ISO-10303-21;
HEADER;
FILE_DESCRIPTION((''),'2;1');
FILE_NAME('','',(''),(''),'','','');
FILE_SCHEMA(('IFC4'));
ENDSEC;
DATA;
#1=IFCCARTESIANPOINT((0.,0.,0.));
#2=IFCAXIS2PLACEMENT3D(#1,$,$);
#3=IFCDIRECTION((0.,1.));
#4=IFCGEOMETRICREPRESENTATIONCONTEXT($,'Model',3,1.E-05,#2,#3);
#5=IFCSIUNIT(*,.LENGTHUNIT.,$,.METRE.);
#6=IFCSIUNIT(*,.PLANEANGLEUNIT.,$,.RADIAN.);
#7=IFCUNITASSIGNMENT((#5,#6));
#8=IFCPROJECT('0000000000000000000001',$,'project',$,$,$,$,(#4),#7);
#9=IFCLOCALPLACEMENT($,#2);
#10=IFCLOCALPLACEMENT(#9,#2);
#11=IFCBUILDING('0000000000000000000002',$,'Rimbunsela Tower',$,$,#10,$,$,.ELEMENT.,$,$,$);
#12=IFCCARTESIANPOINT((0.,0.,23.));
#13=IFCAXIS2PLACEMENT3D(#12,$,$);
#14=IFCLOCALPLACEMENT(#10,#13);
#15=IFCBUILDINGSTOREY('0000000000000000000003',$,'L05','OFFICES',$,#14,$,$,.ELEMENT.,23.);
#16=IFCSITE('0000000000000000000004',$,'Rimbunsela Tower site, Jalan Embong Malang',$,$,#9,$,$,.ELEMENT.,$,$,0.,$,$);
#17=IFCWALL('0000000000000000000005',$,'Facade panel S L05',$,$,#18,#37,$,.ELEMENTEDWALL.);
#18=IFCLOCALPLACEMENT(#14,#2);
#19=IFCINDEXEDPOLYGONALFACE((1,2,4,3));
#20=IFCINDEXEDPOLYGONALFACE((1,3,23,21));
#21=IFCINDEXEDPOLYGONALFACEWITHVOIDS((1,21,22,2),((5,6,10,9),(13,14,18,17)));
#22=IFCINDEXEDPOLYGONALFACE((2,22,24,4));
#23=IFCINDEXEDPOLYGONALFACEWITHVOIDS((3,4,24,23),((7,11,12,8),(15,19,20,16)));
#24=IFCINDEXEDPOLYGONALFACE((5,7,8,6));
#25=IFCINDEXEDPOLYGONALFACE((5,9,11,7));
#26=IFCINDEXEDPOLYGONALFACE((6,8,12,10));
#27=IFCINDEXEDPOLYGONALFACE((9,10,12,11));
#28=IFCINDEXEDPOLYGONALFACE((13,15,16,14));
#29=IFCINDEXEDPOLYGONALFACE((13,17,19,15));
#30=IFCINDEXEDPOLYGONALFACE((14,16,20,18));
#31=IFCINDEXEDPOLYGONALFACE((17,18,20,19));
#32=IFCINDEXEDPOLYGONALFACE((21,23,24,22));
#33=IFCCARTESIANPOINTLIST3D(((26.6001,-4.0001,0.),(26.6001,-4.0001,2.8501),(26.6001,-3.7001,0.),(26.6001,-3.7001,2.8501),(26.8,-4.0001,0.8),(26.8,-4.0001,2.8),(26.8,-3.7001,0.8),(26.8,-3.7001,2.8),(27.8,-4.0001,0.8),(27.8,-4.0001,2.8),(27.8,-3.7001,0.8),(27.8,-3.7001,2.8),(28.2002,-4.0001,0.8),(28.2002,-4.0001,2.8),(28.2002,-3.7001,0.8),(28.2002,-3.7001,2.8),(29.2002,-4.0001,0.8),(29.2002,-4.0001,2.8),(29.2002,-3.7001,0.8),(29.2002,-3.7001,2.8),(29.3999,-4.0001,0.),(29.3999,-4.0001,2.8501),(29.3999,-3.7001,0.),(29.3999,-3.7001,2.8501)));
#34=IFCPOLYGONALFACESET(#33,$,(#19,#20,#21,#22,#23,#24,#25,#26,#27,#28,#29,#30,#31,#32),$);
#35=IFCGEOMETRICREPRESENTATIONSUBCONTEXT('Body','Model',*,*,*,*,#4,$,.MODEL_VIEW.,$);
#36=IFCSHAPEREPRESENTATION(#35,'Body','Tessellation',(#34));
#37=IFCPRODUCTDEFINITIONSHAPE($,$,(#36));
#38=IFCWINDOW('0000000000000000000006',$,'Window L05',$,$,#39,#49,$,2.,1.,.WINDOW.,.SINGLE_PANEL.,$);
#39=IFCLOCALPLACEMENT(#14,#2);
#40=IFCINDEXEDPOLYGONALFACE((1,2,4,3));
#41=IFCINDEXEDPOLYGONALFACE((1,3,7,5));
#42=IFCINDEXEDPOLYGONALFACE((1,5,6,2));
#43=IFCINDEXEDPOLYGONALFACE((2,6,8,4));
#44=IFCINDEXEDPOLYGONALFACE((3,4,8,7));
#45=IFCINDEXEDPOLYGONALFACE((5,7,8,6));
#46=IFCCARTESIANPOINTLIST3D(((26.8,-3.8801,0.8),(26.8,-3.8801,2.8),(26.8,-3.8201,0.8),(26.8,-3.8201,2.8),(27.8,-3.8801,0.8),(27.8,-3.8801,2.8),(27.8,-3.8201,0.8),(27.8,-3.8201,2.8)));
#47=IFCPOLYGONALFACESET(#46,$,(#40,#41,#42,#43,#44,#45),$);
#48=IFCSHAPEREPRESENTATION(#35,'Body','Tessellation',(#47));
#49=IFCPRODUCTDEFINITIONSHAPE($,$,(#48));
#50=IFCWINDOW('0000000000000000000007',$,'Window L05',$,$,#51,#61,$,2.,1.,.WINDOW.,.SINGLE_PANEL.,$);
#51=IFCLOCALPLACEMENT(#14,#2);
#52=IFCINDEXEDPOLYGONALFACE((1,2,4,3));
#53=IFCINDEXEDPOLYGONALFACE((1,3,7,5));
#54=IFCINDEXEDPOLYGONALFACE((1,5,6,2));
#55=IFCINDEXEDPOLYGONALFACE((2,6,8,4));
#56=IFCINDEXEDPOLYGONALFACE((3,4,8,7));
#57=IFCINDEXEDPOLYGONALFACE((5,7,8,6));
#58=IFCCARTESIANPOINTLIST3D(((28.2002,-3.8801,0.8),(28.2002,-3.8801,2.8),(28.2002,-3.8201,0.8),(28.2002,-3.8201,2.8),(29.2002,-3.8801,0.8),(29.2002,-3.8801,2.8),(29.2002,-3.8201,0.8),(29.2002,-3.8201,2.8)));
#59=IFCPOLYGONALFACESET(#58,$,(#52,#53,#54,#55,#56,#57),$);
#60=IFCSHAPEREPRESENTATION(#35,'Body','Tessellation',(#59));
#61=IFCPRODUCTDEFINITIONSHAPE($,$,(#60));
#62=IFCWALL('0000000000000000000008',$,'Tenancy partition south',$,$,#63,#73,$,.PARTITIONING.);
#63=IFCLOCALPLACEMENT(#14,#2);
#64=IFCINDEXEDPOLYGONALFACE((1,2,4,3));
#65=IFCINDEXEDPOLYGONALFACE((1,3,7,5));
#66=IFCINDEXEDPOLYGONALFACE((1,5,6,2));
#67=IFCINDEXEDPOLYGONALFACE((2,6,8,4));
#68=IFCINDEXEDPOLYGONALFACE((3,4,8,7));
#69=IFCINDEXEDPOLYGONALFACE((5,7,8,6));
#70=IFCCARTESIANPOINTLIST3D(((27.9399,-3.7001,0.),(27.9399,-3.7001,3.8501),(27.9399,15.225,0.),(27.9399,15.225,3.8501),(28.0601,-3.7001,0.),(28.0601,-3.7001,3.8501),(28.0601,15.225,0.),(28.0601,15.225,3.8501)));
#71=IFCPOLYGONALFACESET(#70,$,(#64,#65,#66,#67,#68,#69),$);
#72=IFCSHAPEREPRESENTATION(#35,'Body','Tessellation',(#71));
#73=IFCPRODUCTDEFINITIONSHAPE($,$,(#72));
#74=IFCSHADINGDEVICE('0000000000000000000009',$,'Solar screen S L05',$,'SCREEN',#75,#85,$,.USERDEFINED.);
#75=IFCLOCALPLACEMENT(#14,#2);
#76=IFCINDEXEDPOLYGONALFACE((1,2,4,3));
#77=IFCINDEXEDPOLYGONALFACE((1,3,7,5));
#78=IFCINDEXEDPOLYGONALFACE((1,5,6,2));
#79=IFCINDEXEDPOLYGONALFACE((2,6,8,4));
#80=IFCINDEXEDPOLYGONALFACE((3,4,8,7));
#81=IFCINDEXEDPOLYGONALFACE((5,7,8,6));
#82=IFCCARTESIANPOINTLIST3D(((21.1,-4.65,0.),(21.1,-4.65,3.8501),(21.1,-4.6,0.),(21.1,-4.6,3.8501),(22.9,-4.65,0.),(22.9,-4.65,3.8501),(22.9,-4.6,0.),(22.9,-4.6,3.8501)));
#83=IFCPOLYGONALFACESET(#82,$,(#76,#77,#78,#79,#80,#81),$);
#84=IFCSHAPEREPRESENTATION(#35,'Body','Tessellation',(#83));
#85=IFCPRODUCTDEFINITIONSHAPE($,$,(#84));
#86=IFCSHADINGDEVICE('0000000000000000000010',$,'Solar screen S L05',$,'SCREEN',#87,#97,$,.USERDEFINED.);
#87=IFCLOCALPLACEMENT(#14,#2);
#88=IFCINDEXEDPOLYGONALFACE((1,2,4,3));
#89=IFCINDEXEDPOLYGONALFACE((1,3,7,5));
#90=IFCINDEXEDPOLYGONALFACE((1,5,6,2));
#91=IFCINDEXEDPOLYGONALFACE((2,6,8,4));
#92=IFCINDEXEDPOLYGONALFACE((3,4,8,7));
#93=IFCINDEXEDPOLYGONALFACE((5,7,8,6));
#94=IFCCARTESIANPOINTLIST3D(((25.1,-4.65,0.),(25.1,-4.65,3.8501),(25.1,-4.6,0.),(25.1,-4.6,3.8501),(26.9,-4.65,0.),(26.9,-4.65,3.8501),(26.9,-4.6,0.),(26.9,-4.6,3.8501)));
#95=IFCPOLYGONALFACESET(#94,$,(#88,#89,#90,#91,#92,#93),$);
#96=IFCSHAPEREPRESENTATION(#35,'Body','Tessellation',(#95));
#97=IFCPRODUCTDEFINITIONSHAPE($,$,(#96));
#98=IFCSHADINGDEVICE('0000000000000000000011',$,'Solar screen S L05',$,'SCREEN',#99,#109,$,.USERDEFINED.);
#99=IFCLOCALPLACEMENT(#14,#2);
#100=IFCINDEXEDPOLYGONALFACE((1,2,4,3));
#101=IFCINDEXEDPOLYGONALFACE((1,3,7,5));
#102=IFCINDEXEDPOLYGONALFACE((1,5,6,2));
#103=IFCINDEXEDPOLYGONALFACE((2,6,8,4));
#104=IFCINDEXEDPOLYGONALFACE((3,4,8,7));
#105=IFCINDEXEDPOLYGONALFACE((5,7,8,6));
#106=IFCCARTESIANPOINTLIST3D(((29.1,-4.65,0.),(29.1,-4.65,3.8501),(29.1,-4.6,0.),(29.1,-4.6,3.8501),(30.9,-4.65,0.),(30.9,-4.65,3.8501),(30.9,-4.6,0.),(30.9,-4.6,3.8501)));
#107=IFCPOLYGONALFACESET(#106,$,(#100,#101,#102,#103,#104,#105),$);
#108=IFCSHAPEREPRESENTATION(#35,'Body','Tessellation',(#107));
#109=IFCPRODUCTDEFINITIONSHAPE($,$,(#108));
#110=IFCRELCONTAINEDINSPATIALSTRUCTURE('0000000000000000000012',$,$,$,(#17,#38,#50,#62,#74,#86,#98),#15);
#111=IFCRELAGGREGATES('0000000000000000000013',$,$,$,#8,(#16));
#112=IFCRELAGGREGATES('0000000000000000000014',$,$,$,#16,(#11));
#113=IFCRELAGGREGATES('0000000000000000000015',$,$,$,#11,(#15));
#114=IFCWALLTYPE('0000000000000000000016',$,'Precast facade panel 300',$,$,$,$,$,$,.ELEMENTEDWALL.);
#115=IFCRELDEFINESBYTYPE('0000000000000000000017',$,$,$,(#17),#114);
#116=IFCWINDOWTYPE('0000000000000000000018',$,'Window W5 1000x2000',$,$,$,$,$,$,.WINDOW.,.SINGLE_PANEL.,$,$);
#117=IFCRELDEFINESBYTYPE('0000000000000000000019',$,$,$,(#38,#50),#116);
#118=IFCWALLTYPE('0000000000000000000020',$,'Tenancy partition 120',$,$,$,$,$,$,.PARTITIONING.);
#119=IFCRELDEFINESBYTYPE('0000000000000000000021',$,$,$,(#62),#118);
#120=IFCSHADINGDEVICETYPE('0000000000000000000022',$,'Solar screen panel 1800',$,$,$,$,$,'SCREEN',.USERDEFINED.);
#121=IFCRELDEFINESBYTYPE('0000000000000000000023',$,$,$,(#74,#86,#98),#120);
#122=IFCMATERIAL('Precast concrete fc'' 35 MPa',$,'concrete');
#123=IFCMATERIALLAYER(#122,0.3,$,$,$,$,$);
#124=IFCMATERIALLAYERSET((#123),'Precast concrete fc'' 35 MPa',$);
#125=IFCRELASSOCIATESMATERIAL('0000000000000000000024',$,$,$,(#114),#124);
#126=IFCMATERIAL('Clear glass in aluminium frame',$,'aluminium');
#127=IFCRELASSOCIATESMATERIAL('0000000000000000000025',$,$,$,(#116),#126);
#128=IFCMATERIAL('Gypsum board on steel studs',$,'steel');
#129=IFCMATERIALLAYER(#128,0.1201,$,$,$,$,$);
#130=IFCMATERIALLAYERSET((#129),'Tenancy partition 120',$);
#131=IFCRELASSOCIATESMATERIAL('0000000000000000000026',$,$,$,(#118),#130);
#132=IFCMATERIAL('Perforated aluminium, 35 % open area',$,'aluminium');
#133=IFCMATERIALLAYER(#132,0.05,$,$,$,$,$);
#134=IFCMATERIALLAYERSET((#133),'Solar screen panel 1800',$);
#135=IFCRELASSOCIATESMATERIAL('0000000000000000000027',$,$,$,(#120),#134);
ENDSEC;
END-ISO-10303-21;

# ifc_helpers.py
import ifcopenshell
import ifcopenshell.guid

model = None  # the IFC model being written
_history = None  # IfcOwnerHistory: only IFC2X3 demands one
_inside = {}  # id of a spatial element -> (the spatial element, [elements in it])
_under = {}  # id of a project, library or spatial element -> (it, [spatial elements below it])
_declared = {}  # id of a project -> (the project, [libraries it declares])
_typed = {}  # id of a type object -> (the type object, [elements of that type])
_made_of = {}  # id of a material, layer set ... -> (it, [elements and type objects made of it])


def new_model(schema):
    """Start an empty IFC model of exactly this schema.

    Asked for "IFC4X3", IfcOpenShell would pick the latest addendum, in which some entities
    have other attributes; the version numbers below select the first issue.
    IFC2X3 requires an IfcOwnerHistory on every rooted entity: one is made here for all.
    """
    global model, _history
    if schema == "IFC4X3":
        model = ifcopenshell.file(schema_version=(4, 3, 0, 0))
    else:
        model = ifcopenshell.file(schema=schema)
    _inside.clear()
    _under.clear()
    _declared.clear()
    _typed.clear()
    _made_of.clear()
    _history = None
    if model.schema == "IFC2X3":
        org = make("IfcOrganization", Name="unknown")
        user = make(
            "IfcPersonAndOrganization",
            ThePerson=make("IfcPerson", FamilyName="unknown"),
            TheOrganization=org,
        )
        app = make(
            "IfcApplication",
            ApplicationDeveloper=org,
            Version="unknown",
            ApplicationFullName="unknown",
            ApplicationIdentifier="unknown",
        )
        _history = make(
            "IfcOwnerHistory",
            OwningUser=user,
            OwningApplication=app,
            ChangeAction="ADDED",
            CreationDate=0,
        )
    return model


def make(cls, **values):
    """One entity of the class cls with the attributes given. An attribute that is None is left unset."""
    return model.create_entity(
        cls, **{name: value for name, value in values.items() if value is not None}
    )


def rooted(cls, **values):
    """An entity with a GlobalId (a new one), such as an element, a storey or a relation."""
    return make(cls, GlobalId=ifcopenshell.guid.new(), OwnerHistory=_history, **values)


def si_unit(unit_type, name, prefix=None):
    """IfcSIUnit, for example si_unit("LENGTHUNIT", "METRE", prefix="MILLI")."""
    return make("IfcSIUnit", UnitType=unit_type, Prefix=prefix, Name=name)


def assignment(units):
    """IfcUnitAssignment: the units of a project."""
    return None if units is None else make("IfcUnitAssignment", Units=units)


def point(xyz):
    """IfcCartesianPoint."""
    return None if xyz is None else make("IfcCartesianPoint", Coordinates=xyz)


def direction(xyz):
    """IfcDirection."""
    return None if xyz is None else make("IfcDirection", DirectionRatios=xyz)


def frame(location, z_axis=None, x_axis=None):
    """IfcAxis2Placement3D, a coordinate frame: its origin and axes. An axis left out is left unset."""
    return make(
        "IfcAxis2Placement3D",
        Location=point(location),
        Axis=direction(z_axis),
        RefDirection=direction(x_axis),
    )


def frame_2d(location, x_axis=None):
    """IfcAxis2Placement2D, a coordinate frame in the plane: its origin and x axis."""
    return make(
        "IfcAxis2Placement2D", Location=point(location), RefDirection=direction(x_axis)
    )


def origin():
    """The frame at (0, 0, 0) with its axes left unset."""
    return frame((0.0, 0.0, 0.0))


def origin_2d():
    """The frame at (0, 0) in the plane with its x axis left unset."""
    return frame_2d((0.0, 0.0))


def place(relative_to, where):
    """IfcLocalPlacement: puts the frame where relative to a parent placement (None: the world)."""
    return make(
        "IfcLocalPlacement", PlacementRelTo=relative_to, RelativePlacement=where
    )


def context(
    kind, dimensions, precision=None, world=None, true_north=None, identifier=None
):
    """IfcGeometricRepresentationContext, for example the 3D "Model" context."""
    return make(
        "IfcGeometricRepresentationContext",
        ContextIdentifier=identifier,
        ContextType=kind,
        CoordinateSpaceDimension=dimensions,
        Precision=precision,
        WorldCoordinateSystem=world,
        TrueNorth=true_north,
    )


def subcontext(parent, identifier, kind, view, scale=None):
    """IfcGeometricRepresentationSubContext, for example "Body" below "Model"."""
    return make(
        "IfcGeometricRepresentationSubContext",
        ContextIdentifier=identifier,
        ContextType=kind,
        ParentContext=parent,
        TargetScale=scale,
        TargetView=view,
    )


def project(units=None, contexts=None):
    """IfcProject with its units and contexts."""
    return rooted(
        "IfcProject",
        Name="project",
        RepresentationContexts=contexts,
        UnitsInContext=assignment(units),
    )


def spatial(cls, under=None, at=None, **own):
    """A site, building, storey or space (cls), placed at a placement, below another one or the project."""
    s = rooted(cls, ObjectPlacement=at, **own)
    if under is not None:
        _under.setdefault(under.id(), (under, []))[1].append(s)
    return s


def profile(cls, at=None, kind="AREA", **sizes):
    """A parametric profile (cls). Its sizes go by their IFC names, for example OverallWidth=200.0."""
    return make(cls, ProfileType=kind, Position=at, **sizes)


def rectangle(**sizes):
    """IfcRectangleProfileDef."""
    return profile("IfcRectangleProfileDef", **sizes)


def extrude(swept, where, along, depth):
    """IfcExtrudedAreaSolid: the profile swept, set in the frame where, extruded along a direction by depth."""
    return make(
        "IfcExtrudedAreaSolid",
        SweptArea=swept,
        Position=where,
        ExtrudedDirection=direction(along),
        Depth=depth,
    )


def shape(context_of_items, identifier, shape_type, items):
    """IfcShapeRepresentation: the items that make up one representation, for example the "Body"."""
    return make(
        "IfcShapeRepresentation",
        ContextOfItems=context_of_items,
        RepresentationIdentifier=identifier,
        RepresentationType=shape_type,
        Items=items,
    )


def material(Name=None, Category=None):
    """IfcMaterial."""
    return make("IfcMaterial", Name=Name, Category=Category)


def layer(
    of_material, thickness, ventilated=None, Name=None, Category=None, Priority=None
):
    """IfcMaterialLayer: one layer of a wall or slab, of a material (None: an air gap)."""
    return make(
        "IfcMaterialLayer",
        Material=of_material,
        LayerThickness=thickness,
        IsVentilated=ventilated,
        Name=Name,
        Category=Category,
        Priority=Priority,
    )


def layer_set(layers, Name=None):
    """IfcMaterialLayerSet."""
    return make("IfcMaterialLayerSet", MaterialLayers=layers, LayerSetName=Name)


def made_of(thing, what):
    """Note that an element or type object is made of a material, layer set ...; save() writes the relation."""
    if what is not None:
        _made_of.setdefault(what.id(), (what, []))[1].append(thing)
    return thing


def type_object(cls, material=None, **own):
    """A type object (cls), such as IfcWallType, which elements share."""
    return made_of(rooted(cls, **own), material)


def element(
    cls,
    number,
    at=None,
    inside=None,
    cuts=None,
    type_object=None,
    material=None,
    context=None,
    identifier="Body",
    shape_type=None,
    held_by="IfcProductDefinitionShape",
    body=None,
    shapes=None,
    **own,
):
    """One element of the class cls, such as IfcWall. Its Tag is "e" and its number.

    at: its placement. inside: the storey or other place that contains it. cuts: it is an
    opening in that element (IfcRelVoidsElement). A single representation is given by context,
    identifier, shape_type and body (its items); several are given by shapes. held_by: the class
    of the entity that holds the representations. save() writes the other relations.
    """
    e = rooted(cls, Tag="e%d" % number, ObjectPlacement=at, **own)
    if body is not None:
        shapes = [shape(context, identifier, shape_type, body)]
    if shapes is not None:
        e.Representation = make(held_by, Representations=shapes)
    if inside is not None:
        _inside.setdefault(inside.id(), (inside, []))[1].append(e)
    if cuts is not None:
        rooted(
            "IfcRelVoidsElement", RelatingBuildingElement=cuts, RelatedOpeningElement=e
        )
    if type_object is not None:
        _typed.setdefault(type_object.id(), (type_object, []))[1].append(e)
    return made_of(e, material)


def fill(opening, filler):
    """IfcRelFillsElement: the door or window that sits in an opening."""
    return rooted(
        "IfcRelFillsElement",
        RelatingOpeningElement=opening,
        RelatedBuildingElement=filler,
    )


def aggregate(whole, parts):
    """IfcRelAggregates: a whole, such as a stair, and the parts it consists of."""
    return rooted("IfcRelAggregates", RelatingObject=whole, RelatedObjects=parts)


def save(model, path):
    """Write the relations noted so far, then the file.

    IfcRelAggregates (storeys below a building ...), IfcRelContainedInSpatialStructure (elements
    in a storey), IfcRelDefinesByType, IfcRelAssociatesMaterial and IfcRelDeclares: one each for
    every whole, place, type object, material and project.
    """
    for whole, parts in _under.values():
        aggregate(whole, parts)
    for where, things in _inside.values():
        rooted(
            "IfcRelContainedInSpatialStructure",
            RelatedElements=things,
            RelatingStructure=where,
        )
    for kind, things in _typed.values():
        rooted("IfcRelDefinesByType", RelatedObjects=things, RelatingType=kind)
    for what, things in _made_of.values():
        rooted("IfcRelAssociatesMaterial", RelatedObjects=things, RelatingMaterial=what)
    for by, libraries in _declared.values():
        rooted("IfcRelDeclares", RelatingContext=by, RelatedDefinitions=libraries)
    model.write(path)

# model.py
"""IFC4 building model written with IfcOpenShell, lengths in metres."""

from ifc_helpers import new_model, si_unit, direction, frame, frame_2d, origin, origin_2d, place, context, subcontext, project, spatial, rectangle, extrude, material, layer, layer_set, type_object, element, fill, save


model = new_model("IFC4")

# Units and contexts
model_context = context("Model", 3, precision=1e-05, world=origin(), true_north=direction((0.0, 1.0)))
body_context = subcontext(model_context, "Body", "Model", "MODEL_VIEW")
ifc_project = project(units=[si_unit("LENGTHUNIT", "METRE"), si_unit("PLANEANGLEUNIT", "RADIAN")], contexts=[model_context])

# Site, building, storey
site_placement = place(None, origin())
site = spatial("IfcSite", under=ifc_project, at=site_placement, Name="Rimbunsela Tower site, Jalan Embong Malang", CompositionType="ELEMENT", RefElevation=0.0)
building_placement = place(site_placement, origin())
building = spatial("IfcBuilding", under=site, at=building_placement, Name="Rimbunsela Tower", CompositionType="ELEMENT")
storey_placement = place(building_placement, frame((0.0, 0.0, 23.0)))
storey = spatial("IfcBuildingStorey", under=building, at=storey_placement, Name="L05", Description="OFFICES", CompositionType="ELEMENT", Elevation=23.0)

# Shared definitions
ifc_material_1 = material(Name="Precast concrete fc' 35 MPa", Category="concrete")
ifc_layer_1 = layer(ifc_material_1, 0.3)
ifc_layer_set_1 = layer_set([ifc_layer_1], Name="Precast concrete fc' 35 MPa")
wall_type_1 = type_object("IfcWallType", Name="Precast facade panel 300", PredefinedType="ELEMENTEDWALL", material=ifc_layer_set_1)

# Wall, openings, windows
wall_1_placement = place(storey_placement, frame((26.6001, -3.8501, 0.0), z_axis=(0.0, 0.0, 1.0), x_axis=(1.0, 0.0, 0.0)))
wall_1 = element("IfcWall", 1, at=wall_1_placement, inside=storey, type_object=wall_type_1, Name="Facade panel S L05", PredefinedType="ELEMENTEDWALL", context=body_context, shape_type="SweptSolid", body=[
    extrude(rectangle(XDim=2.7998, YDim=0.3, at=frame_2d((1.3999, 0.0))), origin(), (0.0, 0.0, 1.0), 2.8501),
])
opening_1_placement = place(wall_1_placement, frame((0.2, 0.0, 0.8)))
opening_1 = element("IfcOpeningElement", 2, at=opening_1_placement, cuts=wall_1, PredefinedType="OPENING", context=body_context, shape_type="SweptSolid", body=[
    extrude(rectangle(XDim=1.0, YDim=2.0, at=frame_2d((0.5, 1.0))), frame((0.0, 0.1599, 0.0), z_axis=(0.0, -1.0, 0.0), x_axis=(1.0, 0.0, 0.0)), (0.0, 0.0, 1.0), 0.3201),
])
opening_2_placement = place(wall_1_placement, frame((1.6001, 0.0, 0.8)))
opening_2 = element("IfcOpeningElement", 3, at=opening_2_placement, cuts=wall_1, PredefinedType="OPENING", context=body_context, shape_type="SweptSolid", body=[
    extrude(rectangle(XDim=1.0, YDim=2.0, at=frame_2d((0.5, 1.0))), frame((0.0, 0.1599, 0.0), z_axis=(0.0, -1.0, 0.0), x_axis=(1.0, 0.0, 0.0)), (0.0, 0.0, 1.0), 0.3201),
])
ifc_material_2 = material(Name="Clear glass in aluminium frame", Category="aluminium")
window_type_1 = type_object("IfcWindowType", Name="Window W5 1000x2000", PartitioningType="SINGLE_PANEL", PredefinedType="WINDOW", material=ifc_material_2)
window_1_placement = place(opening_1_placement, origin())
window_1 = element("IfcWindow", 4, at=window_1_placement, inside=storey, type_object=window_type_1, Name="Window L05", OverallHeight=2.0, OverallWidth=1.0, PartitioningType="SINGLE_PANEL", PredefinedType="WINDOW", context=body_context, shape_type="SweptSolid", body=[
    extrude(rectangle(XDim=1.0, YDim=2.0, at=frame_2d((0.5, 1.0))), frame((0.0, 0.03, 0.0), z_axis=(0.0, -1.0, 0.0), x_axis=(1.0, 0.0, 0.0)), (0.0, 0.0, 1.0), 0.0601),
])
fill(opening_1, window_1)
window_2_placement = place(opening_2_placement, origin())
window_2 = element("IfcWindow", 5, at=window_2_placement, inside=storey, type_object=window_type_1, Name="Window L05", OverallHeight=2.0, OverallWidth=1.0, PartitioningType="SINGLE_PANEL", PredefinedType="WINDOW", context=body_context, shape_type="SweptSolid", body=[
    extrude(rectangle(XDim=1.0, YDim=2.0, at=frame_2d((0.5, 1.0))), frame((0.0, 0.03, 0.0), z_axis=(0.0, -1.0, 0.0), x_axis=(1.0, 0.0, 0.0)), (0.0, 0.0, 1.0), 0.0601),
])
fill(opening_2, window_2)

# Wall
ifc_material_3 = material(Name="Gypsum board on steel studs", Category="steel")
ifc_layer_2 = layer(ifc_material_3, 0.1201)
ifc_layer_set_2 = layer_set([ifc_layer_2], Name="Tenancy partition 120")
wall_type_2 = type_object("IfcWallType", Name="Tenancy partition 120", PredefinedType="PARTITIONING", material=ifc_layer_set_2)
wall_2_placement = place(storey_placement, frame((28.0, -3.7, 0.0), z_axis=(0.0, 0.0, 1.0), x_axis=(0.0, 1.0, 0.0)))
element("IfcWall", 6, at=wall_2_placement, inside=storey, type_object=wall_type_2, Name="Tenancy partition south", PredefinedType="PARTITIONING", context=body_context, shape_type="SweptSolid", body=[
    extrude(rectangle(XDim=18.925, YDim=0.1201, at=frame_2d((9.4624, 0.0))), origin(), (0.0, 0.0, 1.0), 3.8501),
])

# Shading devices
ifc_material_4 = material(Name="Perforated aluminium, 35 % open area", Category="aluminium")
ifc_layer_3 = layer(ifc_material_4, 0.05)
ifc_layer_set_3 = layer_set([ifc_layer_3], Name="Solar screen panel 1800")
shading_device_type = type_object("IfcShadingDeviceType", Name="Solar screen panel 1800", ElementType="SCREEN", PredefinedType="USERDEFINED", material=ifc_layer_set_3)
for number, where, z_axis, x_axis, name in (
    (7, (22.0, -4.625, 0.0), (0.0, 0.0, 1.0), (1.0, 0.0, 0.0), "Solar screen S L05"),
    (8, (26.0, -4.625, 0.0), (0.0, 0.0, 1.0), (1.0, 0.0, 0.0), "Solar screen S L05"),
    (9, (30.0, -4.625, 0.0), (0.0, 0.0, 1.0), (1.0, 0.0, 0.0), "Solar screen S L05"),
):
    element("IfcShadingDevice", number, at=place(storey_placement, frame(where, z_axis=z_axis, x_axis=x_axis)), inside=storey, type_object=shading_device_type, Name=name, ObjectType="SCREEN", PredefinedType="USERDEFINED", context=body_context, shape_type="SweptSolid", body=[
        extrude(rectangle(XDim=1.8, YDim=0.05, at=origin_2d()), origin(), (0.0, 0.0, 1.0), 3.8501),
    ])

save(model, "model.ifc")
